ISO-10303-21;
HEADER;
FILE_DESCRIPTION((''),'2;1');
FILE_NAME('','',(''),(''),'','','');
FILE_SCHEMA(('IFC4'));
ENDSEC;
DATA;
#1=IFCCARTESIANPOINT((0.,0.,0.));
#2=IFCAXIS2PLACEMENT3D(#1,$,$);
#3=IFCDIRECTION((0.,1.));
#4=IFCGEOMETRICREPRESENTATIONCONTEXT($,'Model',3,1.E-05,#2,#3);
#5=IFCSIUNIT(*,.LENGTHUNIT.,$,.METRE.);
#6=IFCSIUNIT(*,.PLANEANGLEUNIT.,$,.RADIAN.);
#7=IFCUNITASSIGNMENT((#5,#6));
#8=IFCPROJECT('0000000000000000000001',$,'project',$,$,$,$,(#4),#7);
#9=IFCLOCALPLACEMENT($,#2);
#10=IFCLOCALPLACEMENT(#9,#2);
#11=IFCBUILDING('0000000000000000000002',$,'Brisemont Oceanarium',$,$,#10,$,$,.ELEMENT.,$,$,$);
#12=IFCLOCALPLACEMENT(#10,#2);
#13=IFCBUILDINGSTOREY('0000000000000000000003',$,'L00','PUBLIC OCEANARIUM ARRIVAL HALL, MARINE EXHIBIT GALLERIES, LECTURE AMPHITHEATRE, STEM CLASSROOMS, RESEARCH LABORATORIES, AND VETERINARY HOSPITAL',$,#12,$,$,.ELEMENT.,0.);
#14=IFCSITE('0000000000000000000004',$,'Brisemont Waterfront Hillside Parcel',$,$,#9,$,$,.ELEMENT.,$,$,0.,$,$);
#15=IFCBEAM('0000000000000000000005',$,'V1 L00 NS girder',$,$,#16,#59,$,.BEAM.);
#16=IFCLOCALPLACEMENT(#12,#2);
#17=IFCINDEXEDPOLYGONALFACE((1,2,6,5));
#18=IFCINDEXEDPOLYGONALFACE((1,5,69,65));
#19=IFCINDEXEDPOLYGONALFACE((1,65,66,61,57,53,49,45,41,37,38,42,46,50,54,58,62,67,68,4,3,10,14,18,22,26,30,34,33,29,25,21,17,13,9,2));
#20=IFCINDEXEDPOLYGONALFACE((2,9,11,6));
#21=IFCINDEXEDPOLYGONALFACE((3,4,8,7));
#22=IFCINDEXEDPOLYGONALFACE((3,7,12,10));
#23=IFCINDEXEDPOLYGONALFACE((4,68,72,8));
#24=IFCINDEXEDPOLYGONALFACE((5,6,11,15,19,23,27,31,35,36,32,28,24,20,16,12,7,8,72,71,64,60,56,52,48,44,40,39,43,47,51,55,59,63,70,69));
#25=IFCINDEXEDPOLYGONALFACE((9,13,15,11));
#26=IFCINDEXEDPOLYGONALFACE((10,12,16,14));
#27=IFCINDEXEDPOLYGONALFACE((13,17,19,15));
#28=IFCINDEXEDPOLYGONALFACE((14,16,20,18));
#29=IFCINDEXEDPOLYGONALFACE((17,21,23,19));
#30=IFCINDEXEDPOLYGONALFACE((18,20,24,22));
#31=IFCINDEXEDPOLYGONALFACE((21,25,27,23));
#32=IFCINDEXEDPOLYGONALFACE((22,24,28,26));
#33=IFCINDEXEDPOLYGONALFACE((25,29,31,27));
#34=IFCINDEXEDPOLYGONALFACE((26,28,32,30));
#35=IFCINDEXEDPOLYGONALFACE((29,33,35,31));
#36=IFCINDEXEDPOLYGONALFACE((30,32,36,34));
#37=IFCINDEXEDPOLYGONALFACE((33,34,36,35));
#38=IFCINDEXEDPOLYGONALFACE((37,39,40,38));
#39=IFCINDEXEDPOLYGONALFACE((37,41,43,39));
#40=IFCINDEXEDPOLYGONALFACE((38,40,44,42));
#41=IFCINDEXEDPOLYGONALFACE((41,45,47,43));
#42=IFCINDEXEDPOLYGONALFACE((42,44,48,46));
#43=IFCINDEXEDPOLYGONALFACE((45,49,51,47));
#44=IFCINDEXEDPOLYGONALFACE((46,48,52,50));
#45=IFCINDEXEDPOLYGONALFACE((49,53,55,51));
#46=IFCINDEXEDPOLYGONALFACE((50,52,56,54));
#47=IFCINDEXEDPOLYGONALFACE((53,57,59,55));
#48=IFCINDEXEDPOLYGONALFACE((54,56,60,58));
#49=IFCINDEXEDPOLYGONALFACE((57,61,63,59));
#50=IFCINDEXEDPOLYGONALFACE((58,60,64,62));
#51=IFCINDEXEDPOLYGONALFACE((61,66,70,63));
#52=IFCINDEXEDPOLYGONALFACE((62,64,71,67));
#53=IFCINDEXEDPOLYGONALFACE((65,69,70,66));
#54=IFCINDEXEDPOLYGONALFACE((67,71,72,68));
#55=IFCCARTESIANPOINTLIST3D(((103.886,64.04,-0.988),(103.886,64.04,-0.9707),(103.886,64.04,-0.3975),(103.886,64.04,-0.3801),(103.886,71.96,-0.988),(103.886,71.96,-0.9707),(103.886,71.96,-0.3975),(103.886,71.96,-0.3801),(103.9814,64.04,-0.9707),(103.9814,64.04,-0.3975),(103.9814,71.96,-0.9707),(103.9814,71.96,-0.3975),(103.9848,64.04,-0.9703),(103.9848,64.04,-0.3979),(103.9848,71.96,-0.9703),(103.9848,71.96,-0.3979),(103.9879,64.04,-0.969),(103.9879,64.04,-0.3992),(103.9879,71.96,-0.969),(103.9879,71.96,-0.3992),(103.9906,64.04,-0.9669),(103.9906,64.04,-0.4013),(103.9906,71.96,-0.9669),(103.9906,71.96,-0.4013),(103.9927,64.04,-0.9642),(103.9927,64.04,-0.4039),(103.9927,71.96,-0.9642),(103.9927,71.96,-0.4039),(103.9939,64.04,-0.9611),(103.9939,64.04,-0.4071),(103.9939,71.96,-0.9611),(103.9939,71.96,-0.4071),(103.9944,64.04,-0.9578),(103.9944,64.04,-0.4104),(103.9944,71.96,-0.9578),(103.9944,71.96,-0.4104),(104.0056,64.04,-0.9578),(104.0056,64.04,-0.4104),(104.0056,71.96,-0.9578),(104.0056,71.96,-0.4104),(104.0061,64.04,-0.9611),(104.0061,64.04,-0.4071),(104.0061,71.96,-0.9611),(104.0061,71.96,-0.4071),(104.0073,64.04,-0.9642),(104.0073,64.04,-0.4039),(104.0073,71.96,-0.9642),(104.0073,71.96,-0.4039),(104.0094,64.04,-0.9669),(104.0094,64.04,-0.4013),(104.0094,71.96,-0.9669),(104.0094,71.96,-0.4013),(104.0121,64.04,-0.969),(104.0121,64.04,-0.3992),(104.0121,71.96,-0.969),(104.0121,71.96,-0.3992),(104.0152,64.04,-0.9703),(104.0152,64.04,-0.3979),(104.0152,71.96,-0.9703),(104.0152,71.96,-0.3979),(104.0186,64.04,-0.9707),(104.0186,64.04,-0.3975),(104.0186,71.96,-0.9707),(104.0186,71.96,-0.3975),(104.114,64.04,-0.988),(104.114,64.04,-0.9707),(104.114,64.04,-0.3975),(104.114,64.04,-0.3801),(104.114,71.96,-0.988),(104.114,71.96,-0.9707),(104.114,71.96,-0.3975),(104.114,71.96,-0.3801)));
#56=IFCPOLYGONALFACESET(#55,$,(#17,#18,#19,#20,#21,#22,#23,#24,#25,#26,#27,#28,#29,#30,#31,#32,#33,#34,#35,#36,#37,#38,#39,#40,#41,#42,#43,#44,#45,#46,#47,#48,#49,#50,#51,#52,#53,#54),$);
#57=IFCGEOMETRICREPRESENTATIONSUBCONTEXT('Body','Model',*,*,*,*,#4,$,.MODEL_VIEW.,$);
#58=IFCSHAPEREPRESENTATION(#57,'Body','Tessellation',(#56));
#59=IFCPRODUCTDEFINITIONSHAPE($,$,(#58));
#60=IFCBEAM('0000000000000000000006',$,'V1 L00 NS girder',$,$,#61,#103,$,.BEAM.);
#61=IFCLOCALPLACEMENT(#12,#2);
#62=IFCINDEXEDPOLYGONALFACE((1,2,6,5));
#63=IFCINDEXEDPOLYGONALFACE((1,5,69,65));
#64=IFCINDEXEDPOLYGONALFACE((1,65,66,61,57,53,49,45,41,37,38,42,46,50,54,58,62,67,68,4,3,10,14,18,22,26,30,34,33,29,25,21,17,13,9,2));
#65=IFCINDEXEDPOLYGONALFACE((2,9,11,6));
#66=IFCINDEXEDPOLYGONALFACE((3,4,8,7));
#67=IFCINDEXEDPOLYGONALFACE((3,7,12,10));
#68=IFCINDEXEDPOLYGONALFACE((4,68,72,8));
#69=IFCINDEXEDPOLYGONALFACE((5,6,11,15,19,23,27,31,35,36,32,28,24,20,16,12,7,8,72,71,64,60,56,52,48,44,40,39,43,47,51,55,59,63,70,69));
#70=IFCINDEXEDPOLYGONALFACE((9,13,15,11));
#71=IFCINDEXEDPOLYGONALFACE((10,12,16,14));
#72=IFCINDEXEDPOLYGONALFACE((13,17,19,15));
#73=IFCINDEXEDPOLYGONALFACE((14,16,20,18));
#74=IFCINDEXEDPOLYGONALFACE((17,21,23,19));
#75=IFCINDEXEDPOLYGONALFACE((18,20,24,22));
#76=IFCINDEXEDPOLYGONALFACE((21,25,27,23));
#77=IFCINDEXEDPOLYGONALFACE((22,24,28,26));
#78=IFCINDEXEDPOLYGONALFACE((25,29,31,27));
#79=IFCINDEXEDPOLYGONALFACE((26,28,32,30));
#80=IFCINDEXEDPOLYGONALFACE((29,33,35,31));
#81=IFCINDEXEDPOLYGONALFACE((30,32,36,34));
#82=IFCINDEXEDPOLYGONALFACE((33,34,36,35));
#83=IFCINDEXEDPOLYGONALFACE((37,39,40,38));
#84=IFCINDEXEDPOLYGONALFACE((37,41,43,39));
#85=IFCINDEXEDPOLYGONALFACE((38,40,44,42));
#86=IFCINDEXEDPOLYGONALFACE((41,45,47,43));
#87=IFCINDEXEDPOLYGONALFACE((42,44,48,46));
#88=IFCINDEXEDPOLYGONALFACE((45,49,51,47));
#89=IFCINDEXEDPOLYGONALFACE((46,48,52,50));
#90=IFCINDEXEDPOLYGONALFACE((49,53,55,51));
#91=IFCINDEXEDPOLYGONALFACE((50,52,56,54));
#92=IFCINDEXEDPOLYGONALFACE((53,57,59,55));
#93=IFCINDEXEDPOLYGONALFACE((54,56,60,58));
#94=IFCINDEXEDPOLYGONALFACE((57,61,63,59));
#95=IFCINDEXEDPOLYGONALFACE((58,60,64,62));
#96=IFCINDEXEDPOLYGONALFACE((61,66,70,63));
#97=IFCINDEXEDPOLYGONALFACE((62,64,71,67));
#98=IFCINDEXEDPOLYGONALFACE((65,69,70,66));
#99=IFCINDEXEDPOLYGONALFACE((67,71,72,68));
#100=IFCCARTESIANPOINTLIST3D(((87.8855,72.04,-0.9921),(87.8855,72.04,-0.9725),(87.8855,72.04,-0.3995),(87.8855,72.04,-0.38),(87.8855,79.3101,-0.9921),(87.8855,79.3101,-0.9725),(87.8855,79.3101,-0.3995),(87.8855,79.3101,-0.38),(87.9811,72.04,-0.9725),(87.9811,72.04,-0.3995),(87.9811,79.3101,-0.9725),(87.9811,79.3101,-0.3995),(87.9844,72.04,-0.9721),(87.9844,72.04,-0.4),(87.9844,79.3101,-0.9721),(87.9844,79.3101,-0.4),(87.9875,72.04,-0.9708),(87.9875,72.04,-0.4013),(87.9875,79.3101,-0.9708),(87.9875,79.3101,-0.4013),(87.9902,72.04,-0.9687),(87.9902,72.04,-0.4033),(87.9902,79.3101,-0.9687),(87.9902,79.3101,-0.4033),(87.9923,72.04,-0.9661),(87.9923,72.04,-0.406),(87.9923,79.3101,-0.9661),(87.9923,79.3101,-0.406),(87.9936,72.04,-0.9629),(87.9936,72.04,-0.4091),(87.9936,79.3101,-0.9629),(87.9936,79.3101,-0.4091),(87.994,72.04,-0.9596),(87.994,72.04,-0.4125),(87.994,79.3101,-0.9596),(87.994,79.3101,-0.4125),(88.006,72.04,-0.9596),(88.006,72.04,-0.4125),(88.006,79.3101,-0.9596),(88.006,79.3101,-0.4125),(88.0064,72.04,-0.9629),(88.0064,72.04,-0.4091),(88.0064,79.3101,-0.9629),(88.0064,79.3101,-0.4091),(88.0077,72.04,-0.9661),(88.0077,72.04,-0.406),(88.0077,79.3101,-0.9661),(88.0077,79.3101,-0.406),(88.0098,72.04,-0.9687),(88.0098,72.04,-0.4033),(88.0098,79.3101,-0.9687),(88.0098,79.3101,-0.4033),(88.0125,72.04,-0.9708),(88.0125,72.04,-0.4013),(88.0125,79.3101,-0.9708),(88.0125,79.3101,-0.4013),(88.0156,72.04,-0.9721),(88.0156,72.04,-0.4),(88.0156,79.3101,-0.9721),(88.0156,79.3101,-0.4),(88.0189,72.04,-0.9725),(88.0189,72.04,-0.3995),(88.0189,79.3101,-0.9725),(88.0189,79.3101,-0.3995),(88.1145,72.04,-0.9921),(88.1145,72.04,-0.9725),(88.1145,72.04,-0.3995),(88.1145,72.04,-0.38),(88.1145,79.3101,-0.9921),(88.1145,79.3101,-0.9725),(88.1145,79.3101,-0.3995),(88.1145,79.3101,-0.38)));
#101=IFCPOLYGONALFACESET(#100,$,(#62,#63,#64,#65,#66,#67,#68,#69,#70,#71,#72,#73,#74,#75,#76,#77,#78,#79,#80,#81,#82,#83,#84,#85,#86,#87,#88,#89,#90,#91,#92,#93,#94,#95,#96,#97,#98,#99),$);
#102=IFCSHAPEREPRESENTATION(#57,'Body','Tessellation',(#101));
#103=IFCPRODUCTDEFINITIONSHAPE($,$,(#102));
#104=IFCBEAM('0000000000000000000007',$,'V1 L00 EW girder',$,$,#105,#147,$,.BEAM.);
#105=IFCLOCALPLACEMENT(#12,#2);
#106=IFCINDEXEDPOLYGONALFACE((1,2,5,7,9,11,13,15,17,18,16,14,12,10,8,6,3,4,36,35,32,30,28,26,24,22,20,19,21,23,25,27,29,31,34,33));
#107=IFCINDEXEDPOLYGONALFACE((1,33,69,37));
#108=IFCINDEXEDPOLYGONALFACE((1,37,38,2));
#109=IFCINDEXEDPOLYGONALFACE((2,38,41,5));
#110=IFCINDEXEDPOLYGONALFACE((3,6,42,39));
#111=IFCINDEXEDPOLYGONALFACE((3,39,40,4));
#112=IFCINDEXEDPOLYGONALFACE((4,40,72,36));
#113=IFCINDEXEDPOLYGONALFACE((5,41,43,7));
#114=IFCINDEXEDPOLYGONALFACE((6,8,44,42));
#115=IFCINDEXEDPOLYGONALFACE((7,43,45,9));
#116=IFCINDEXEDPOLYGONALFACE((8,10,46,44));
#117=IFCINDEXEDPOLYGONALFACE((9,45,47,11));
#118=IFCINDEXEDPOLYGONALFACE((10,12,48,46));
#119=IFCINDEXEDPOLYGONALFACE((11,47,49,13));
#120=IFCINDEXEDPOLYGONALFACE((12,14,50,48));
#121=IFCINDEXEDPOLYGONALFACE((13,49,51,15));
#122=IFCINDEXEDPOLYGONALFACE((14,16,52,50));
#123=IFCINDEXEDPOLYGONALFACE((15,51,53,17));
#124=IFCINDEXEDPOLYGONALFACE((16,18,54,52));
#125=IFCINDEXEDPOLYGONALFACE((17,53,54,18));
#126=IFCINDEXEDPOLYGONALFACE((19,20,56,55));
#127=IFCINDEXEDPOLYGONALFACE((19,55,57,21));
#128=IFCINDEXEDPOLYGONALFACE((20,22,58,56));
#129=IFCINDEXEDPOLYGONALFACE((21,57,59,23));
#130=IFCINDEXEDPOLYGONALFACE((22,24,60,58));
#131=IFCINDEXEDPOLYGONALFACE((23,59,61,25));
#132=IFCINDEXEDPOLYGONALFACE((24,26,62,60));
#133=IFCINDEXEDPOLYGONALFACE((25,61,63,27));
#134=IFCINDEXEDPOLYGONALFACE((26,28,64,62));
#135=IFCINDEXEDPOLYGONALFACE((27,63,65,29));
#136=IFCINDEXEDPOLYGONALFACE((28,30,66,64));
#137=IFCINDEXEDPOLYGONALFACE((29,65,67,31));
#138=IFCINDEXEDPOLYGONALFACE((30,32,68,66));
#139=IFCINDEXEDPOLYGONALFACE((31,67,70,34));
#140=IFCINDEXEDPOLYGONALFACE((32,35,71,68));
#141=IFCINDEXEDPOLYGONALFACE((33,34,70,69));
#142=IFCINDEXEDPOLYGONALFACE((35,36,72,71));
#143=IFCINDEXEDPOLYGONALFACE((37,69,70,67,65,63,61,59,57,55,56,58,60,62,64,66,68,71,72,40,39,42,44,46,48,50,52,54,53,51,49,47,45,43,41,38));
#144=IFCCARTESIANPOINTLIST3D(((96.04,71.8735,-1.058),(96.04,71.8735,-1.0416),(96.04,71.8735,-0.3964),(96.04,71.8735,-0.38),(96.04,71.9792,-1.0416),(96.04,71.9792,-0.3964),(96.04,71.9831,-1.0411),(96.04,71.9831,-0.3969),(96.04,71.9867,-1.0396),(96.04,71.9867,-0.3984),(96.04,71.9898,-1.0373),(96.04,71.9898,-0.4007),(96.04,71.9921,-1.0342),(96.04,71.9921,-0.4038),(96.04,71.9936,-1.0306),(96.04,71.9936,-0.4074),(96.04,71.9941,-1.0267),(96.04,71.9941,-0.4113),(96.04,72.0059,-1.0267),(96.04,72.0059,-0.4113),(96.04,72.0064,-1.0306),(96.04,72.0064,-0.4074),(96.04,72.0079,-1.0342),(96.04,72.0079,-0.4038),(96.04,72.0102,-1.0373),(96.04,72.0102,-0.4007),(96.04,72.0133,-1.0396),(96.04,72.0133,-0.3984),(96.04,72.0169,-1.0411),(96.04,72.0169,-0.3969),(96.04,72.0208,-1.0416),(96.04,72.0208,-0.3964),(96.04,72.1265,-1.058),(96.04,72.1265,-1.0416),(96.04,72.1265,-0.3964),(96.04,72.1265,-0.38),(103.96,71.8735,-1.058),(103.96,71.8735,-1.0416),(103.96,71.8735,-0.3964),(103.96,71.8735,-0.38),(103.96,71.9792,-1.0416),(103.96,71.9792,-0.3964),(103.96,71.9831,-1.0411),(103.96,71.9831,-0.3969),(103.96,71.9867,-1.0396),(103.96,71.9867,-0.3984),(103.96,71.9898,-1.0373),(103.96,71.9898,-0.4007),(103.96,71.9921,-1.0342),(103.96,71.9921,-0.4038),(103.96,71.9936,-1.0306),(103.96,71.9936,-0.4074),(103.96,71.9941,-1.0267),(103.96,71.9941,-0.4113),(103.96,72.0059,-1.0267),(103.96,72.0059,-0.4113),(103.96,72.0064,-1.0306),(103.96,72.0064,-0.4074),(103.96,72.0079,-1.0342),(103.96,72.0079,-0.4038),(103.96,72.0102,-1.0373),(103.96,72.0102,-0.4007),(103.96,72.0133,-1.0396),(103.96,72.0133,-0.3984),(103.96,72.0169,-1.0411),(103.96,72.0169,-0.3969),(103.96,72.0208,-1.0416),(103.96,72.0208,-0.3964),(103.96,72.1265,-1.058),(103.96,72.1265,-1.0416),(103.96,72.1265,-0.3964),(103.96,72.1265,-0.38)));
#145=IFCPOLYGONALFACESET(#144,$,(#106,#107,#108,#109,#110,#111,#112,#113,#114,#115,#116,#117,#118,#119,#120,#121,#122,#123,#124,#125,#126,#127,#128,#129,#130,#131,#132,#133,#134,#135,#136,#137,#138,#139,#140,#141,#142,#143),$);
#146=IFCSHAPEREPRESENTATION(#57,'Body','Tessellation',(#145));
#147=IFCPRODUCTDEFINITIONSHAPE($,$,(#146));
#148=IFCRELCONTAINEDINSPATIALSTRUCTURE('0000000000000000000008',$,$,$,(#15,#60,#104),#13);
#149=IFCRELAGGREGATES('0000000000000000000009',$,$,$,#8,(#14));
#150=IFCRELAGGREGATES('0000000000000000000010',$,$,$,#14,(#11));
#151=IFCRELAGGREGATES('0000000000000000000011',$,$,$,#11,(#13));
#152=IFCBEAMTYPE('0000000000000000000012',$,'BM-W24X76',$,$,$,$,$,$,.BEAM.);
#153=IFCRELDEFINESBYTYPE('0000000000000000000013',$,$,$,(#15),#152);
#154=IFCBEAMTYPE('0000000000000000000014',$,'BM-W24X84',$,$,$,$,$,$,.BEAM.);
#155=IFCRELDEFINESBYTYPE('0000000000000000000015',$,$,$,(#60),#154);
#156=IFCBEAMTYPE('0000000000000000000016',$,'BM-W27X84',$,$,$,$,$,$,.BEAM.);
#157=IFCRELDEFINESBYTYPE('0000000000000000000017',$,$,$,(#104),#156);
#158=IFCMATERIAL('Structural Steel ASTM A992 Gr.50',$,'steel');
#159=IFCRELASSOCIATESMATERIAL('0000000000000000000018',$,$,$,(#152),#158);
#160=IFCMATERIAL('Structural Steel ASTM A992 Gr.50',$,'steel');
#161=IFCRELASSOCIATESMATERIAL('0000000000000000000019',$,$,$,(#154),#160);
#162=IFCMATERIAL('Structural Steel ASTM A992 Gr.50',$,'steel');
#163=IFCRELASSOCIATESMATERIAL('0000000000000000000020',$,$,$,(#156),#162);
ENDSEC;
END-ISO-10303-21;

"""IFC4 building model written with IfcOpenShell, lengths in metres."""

from ifc_helpers import new_model, si_unit, direction, frame, origin, origin_2d, place, context, subcontext, project, spatial, i_section, extrude, material, material_profile, profile_set, type_object, element, save


model = new_model("IFC4")

# Units and contexts
model_context = context("Model", 3, precision=1e-05, world=origin(), true_north=direction((0.0, 1.0)))
body_context = subcontext(model_context, "Body", "Model", "MODEL_VIEW")
ifc_project = project(units=[si_unit("LENGTHUNIT", "METRE"), si_unit("PLANEANGLEUNIT", "RADIAN")], contexts=[model_context])

# Site, building, storey
site_placement = place(None, origin())
site = spatial("IfcSite", under=ifc_project, at=site_placement, Name="Brisemont Waterfront Hillside Parcel", CompositionType="ELEMENT", RefElevation=0.0)
building_placement = place(site_placement, origin())
building = spatial("IfcBuilding", under=site, at=building_placement, Name="Brisemont Oceanarium", CompositionType="ELEMENT")
storey_placement = place(building_placement, origin())
storey = spatial("IfcBuildingStorey", under=building, at=storey_placement, Name="L00", Description="PUBLIC OCEANARIUM ARRIVAL HALL, MARINE EXHIBIT GALLERIES, LECTURE AMPHITHEATRE, STEM CLASSROOMS, RESEARCH LABORATORIES, AND VETERINARY HOSPITAL", CompositionType="ELEMENT", Elevation=0.0)

# Beams
ifc_material_1 = material(Name="Structural Steel ASTM A992 Gr.50", Category="steel")
ifc_material_profile_1 = material_profile(ifc_material_1, i_section(OverallWidth=0.228, OverallDepth=0.6079, WebThickness=0.0112, FlangeThickness=0.0173, FilletRadius=0.0129, at=origin_2d()), Name="W24X76")
ifc_profile_set_1 = profile_set([ifc_material_profile_1], Name="Structural Steel ASTM A992 Gr.50")
beam_type_1 = type_object("IfcBeamType", Name="BM-W24X76", PredefinedType="BEAM", material=ifc_profile_set_1)
beam_1_placement = place(storey_placement, frame((104.0, 64.04, -0.6841), z_axis=(0.0, 1.0, 0.0), x_axis=(-1.0, 0.0, 0.0)))
element("IfcBeam", 1, at=beam_1_placement, inside=storey, type_object=beam_type_1, Name="V1 L00 NS girder", PredefinedType="BEAM", context=body_context, shape_type="SweptSolid", body=[
    extrude(i_section(OverallWidth=0.228, OverallDepth=0.6079, WebThickness=0.0112, FlangeThickness=0.0173, FilletRadius=0.0129, at=origin_2d()), origin(), (0.0, 0.0, 1.0), 7.9199),
])
ifc_material_2 = material(Name="Structural Steel ASTM A992 Gr.50", Category="steel")
ifc_material_profile_2 = material_profile(ifc_material_2, i_section(OverallWidth=0.229, OverallDepth=0.6121, WebThickness=0.012, FlangeThickness=0.0195, FilletRadius=0.0129, at=origin_2d()), Name="W24X84")
ifc_profile_set_2 = profile_set([ifc_material_profile_2], Name="Structural Steel ASTM A992 Gr.50")
beam_type_2 = type_object("IfcBeamType", Name="BM-W24X84", PredefinedType="BEAM", material=ifc_profile_set_2)
beam_2_placement = place(storey_placement, frame((88.0, 72.04, -0.686), z_axis=(0.0, 1.0, 0.0), x_axis=(-1.0, 0.0, 0.0)))
element("IfcBeam", 2, at=beam_2_placement, inside=storey, type_object=beam_type_2, Name="V1 L00 NS girder", PredefinedType="BEAM", context=body_context, shape_type="SweptSolid", body=[
    extrude(i_section(OverallWidth=0.229, OverallDepth=0.6121, WebThickness=0.012, FlangeThickness=0.0195, FilletRadius=0.0129, at=origin_2d()), origin(), (0.0, 0.0, 1.0), 7.27),
])
ifc_material_3 = material(Name="Structural Steel ASTM A992 Gr.50", Category="steel")
ifc_material_profile_3 = material_profile(ifc_material_3, i_section(OverallWidth=0.2529, OverallDepth=0.678, WebThickness=0.0117, FlangeThickness=0.0164, FilletRadius=0.0149, at=origin_2d()), Name="W27X84")
ifc_profile_set_3 = profile_set([ifc_material_profile_3], Name="Structural Steel ASTM A992 Gr.50")
beam_type_3 = type_object("IfcBeamType", Name="BM-W27X84", PredefinedType="BEAM", material=ifc_profile_set_3)
beam_3_placement = place(storey_placement, frame((96.04, 72.0, -0.719), z_axis=(1.0, 0.0, 0.0), x_axis=(0.0, 1.0, 0.0)))
element("IfcBeam", 3, at=beam_3_placement, inside=storey, type_object=beam_type_3, Name="V1 L00 EW girder", PredefinedType="BEAM", context=body_context, shape_type="SweptSolid", body=[
    extrude(i_section(OverallWidth=0.2529, OverallDepth=0.678, WebThickness=0.0117, FlangeThickness=0.0164, FilletRadius=0.0149, at=origin_2d()), origin(), (0.0, 0.0, 1.0), 7.9199),
])

save(model, "model.ifc")
